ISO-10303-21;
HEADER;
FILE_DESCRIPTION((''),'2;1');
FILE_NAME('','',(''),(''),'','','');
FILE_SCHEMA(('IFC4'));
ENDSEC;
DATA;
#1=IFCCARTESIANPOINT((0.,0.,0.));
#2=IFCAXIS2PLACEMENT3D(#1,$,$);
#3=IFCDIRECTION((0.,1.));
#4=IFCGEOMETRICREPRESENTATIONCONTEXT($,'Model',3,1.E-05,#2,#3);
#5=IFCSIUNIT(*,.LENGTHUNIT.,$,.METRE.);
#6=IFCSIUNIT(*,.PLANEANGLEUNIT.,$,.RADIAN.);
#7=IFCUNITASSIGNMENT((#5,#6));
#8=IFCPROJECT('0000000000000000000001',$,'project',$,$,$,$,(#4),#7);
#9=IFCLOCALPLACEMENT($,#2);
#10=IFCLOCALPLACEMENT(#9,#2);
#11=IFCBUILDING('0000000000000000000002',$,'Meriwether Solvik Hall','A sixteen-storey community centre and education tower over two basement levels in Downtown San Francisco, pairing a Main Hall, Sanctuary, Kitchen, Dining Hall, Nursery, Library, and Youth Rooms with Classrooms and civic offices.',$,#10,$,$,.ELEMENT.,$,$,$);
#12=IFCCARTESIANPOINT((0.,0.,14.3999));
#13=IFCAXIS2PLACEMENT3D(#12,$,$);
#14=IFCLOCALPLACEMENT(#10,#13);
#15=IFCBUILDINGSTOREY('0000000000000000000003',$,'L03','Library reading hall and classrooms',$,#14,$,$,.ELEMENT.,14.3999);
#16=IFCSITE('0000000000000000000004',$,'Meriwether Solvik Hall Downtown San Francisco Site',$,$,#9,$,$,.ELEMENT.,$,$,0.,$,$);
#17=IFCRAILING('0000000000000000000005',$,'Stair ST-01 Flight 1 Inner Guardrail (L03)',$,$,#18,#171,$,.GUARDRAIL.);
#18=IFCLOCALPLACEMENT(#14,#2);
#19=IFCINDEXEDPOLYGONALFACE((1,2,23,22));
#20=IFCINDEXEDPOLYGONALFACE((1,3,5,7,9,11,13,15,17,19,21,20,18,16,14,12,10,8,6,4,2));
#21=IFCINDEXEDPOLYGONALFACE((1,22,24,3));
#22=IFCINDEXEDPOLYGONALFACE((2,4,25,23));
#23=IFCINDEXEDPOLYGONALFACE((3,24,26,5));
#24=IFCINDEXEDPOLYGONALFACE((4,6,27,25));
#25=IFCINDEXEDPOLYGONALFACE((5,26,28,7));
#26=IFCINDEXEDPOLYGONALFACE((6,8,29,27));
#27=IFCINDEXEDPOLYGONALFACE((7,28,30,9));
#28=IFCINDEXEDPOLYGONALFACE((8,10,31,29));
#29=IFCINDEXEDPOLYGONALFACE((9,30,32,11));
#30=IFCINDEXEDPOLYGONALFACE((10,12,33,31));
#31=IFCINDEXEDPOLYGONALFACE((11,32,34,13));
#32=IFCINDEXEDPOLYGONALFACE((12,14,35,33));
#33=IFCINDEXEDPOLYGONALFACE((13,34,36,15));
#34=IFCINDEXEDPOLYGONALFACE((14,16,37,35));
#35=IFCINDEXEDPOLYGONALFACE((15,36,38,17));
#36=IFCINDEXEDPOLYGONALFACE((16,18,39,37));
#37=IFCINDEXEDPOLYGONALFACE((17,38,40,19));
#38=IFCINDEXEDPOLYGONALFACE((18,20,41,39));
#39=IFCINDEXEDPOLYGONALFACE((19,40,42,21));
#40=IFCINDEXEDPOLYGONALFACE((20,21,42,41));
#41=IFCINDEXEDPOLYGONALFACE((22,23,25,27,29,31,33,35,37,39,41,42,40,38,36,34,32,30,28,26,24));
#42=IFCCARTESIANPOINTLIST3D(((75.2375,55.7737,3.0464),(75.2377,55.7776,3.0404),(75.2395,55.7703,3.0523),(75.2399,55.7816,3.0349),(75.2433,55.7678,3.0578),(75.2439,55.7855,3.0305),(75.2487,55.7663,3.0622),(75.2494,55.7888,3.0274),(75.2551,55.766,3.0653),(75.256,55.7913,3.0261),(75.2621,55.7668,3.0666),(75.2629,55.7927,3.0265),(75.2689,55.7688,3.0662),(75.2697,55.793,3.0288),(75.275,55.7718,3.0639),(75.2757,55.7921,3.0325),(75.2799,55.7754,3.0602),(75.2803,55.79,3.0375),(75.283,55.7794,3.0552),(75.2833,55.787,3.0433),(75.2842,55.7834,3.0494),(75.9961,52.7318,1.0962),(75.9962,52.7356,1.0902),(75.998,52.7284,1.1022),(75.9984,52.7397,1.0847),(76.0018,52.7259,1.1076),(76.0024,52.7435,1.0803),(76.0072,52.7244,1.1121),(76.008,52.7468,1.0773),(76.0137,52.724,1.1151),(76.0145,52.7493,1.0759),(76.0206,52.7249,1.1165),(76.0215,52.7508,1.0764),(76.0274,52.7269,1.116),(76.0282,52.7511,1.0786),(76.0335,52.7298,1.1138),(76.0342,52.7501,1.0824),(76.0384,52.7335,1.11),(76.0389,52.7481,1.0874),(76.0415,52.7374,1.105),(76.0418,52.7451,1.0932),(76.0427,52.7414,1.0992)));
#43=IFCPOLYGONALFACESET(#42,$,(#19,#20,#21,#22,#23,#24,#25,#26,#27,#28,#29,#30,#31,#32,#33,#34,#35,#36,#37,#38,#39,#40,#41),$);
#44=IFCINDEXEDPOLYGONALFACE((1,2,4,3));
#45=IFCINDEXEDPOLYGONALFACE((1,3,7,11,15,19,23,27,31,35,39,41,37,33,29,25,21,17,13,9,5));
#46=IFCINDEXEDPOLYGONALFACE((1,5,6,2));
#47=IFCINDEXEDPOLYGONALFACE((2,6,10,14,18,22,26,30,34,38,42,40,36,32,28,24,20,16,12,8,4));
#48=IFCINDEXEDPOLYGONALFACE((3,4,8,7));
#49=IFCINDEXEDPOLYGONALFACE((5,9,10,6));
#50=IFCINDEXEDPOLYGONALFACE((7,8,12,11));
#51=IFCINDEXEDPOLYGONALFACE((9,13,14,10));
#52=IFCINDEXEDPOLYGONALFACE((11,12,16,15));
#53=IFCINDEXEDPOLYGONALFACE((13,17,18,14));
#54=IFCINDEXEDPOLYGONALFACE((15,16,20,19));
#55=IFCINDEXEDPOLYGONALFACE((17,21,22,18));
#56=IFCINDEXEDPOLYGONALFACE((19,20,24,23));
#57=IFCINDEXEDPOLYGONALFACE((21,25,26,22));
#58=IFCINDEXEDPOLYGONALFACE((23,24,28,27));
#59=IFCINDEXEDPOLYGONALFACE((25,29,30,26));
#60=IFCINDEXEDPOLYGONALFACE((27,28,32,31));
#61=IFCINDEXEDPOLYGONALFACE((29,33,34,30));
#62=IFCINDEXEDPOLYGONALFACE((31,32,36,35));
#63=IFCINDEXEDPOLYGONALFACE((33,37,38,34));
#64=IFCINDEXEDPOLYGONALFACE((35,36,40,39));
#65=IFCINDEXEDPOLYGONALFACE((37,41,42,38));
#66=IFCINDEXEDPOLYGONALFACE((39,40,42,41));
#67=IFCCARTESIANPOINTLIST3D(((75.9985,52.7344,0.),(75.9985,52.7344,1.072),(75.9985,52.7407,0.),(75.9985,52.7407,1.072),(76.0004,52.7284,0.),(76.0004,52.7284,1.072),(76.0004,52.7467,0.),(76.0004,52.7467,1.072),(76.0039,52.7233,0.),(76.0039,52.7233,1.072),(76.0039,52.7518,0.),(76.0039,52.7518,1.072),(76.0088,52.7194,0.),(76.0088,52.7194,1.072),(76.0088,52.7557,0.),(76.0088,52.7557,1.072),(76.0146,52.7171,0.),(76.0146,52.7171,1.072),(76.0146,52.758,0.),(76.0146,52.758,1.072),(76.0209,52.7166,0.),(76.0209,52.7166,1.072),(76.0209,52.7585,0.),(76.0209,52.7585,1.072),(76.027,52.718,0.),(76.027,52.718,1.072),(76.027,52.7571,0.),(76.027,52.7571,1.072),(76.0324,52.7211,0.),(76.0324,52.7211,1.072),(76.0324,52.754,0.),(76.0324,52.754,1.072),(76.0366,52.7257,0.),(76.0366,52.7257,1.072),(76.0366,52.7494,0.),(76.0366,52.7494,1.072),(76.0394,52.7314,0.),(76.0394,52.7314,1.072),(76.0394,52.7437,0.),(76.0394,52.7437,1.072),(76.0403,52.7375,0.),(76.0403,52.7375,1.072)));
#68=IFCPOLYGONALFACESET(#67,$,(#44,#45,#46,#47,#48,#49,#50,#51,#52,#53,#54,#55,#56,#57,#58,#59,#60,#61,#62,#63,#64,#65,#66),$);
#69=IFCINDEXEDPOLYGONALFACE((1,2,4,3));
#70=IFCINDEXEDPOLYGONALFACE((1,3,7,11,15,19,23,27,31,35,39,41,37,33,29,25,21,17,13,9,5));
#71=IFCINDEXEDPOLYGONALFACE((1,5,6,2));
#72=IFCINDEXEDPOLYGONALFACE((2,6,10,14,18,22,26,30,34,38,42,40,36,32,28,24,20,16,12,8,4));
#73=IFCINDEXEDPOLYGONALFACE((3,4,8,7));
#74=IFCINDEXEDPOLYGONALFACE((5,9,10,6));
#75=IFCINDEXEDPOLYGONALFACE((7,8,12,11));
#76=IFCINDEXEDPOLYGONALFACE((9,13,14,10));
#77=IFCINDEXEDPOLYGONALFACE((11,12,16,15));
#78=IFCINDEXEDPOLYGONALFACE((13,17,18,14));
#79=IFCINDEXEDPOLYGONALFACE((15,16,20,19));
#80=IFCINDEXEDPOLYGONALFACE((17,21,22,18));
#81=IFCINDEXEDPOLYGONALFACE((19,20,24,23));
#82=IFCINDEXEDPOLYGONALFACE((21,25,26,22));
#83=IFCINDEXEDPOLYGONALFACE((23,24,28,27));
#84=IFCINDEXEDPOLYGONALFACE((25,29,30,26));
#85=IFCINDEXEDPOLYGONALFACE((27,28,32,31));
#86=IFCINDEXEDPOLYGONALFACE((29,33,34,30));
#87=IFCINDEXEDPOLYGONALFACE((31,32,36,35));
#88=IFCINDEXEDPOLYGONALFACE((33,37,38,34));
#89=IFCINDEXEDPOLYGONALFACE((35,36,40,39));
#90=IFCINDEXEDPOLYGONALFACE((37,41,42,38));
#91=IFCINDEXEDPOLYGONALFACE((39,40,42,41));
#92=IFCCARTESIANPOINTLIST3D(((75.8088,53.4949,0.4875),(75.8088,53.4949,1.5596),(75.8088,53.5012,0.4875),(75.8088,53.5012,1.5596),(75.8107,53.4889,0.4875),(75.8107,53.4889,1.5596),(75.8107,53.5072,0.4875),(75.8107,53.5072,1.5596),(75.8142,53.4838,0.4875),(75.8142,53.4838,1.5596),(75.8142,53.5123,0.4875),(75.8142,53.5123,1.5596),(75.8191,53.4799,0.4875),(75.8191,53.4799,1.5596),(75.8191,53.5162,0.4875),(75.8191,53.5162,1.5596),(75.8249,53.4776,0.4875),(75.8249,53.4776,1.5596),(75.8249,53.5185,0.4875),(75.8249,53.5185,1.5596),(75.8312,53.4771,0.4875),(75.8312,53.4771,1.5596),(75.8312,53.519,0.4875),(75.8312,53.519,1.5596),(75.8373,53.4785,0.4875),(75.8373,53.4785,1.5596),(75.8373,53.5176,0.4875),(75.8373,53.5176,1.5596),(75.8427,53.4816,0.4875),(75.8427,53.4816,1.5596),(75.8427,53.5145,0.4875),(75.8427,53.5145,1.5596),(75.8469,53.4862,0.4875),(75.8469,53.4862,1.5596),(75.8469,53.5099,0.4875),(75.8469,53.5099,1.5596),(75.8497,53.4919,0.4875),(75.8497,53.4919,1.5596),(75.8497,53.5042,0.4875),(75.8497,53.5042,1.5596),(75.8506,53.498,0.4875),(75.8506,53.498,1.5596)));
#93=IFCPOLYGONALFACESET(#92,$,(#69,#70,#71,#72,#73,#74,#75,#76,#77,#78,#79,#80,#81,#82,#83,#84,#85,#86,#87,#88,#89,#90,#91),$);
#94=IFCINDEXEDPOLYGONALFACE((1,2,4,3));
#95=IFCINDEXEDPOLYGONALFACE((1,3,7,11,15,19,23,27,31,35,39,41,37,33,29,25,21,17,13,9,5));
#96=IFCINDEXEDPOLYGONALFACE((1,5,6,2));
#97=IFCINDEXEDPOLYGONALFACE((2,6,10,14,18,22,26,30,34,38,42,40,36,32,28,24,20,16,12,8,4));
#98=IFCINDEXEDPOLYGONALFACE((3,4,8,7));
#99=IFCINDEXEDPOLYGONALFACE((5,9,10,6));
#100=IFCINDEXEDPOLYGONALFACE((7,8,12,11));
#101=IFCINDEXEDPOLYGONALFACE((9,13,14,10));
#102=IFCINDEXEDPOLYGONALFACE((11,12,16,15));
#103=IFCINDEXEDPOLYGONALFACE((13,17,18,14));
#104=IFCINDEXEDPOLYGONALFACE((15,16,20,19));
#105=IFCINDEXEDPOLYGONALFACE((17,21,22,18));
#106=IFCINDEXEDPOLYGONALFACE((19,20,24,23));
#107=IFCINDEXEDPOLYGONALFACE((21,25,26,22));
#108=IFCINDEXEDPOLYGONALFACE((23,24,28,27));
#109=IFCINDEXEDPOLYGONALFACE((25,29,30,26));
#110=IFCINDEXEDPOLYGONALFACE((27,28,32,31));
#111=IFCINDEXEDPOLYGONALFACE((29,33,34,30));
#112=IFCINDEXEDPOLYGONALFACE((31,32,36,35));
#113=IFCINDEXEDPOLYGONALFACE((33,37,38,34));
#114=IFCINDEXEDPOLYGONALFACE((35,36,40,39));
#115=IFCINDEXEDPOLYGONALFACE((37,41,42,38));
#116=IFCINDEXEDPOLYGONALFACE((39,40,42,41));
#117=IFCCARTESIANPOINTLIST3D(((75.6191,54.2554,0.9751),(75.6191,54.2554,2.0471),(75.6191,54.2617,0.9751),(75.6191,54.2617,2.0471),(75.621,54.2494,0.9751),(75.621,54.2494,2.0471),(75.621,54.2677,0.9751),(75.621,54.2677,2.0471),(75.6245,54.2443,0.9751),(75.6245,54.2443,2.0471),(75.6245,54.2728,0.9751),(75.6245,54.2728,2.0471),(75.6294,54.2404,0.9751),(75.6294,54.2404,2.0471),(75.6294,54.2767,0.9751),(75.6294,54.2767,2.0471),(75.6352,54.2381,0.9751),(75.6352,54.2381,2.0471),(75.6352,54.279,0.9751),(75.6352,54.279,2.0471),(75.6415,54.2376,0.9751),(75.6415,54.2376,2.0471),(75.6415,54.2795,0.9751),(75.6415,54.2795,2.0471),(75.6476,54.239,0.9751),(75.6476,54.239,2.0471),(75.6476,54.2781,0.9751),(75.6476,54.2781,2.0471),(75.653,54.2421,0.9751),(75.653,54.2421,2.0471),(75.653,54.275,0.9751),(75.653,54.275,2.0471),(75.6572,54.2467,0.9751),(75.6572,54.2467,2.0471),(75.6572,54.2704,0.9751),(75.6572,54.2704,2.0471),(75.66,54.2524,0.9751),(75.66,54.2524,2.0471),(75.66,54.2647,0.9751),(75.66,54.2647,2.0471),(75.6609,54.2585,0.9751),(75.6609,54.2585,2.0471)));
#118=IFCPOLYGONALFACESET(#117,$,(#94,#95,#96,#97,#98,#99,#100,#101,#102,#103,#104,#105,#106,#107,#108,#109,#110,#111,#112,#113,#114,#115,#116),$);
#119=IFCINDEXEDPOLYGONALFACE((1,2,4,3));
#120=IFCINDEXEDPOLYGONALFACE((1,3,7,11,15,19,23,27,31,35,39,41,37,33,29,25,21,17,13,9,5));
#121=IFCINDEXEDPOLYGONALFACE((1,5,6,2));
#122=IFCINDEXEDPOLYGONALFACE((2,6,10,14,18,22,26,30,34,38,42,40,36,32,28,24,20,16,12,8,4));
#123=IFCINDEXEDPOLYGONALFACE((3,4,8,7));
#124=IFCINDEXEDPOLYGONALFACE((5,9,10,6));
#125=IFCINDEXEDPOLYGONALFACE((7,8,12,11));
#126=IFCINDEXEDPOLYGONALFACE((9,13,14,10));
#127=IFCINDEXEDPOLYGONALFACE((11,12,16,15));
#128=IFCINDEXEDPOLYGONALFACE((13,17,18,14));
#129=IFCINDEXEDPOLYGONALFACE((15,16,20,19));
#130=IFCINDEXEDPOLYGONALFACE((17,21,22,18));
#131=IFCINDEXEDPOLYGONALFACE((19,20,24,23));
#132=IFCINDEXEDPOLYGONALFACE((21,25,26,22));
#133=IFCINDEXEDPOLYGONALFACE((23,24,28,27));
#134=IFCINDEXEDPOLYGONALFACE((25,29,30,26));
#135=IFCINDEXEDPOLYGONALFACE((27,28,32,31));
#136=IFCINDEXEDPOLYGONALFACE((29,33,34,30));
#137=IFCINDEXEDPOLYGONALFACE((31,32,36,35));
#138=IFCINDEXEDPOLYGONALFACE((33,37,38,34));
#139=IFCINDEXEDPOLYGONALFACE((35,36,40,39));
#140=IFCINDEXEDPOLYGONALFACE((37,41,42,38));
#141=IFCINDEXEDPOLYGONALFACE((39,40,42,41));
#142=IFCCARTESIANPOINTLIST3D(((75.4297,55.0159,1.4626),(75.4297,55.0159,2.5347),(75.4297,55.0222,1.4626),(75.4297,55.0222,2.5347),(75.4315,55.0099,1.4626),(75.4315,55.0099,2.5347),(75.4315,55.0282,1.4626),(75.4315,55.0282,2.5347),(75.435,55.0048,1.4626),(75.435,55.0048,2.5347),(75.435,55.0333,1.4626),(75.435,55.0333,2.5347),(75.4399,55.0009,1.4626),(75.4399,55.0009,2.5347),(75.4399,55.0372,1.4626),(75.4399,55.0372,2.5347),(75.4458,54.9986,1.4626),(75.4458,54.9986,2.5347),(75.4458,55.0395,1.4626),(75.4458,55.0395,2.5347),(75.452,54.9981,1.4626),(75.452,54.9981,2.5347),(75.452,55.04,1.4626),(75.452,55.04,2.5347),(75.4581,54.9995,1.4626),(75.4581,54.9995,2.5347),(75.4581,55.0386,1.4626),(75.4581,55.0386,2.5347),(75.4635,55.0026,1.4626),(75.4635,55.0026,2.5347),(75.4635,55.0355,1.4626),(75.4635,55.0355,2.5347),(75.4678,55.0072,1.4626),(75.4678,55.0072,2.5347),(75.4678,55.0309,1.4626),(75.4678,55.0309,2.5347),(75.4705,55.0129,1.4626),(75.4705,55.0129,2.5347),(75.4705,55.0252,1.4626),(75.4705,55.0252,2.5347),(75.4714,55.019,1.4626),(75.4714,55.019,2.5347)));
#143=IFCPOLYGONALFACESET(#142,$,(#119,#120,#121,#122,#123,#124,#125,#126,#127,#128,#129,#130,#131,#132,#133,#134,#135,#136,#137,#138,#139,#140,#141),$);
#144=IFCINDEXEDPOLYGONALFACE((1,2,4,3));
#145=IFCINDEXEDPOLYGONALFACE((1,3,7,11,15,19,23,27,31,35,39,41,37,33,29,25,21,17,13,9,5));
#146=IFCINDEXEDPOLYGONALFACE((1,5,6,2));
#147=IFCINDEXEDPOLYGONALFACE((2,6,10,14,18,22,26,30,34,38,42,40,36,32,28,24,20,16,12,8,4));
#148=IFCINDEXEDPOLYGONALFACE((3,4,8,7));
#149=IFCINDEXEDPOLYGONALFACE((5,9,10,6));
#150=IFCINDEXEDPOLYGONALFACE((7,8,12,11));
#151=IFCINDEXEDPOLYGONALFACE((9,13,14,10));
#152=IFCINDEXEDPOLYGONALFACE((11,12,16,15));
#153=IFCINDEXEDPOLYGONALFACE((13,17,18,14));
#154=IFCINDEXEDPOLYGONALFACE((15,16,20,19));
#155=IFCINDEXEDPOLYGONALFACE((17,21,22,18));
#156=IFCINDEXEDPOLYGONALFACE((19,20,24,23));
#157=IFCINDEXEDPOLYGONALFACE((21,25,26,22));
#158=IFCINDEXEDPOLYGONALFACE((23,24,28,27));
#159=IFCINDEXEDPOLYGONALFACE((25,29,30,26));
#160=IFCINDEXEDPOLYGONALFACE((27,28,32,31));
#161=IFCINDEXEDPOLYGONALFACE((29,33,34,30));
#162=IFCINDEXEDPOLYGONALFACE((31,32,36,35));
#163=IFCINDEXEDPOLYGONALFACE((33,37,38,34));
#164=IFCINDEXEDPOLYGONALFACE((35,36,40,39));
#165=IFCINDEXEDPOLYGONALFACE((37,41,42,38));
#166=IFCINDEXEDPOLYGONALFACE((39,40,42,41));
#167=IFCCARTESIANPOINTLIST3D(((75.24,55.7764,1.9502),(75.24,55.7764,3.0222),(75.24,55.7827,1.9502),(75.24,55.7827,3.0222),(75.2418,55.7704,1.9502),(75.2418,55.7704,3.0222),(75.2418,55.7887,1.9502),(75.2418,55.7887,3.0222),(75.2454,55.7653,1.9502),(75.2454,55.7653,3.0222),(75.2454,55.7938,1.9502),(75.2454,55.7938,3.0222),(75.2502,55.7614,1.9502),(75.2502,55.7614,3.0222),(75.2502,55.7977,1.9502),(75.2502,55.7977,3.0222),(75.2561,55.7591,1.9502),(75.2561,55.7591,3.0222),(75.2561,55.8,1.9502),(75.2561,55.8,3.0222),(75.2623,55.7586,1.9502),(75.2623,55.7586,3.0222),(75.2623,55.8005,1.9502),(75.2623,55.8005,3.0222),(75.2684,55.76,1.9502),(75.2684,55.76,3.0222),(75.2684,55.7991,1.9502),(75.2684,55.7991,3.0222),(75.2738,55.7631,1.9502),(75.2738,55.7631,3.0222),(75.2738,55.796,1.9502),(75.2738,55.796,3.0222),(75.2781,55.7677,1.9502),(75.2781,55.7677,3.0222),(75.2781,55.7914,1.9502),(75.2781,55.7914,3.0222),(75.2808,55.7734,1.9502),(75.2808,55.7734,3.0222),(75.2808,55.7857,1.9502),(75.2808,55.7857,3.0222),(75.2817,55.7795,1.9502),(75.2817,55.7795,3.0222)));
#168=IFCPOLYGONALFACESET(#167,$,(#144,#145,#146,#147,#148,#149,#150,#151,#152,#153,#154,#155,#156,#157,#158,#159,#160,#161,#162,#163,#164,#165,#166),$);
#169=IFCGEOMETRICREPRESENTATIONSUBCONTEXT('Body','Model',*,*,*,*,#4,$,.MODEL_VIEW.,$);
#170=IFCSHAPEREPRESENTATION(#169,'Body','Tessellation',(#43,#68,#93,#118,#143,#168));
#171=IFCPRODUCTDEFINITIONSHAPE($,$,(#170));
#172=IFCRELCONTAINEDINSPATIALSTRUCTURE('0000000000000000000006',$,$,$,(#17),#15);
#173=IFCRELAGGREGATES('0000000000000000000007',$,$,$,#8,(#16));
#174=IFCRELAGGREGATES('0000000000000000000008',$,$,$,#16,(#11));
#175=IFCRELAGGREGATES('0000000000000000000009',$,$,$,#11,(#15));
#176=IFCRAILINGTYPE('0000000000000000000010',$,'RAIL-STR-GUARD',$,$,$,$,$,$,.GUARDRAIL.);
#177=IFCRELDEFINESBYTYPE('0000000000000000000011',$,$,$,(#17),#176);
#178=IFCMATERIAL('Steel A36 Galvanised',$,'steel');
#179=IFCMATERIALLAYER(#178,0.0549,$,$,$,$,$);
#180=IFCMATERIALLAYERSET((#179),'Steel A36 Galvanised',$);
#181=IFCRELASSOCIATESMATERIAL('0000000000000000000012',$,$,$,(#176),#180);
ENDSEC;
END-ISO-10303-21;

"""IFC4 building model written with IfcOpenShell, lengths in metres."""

from ifc_helpers import new_model, si_unit, direction, frame, origin, origin_2d, place, context, subcontext, project, spatial, circle, extrude, material, layer, layer_set, type_object, element, save


model = new_model("IFC4")

# Units and contexts
model_context = context("Model", 3, precision=1e-05, world=origin(), true_north=direction((0.0, 1.0)))
body_context = subcontext(model_context, "Body", "Model", "MODEL_VIEW")
ifc_project = project(units=[si_unit("LENGTHUNIT", "METRE"), si_unit("PLANEANGLEUNIT", "RADIAN")], contexts=[model_context])

# Site, building, storey
site_placement = place(None, origin())
site = spatial("IfcSite", under=ifc_project, at=site_placement, Name="Meriwether Solvik Hall Downtown San Francisco Site", CompositionType="ELEMENT", RefElevation=0.0)
building_placement = place(site_placement, origin())
building = spatial("IfcBuilding", under=site, at=building_placement, Name="Meriwether Solvik Hall", Description="A sixteen-storey community centre and education tower over two basement levels in Downtown San Francisco, pairing a Main Hall, Sanctuary, Kitchen, Dining Hall, Nursery, Library, and Youth Rooms with Classrooms and civic offices.", CompositionType="ELEMENT")
storey_placement = place(building_placement, frame((0.0, 0.0, 14.3999)))
storey = spatial("IfcBuildingStorey", under=building, at=storey_placement, Name="L03", Description="Library reading hall and classrooms", CompositionType="ELEMENT", Elevation=14.3999)

# Railing
ifc_material_1 = material(Name="Steel A36 Galvanised", Category="steel")
ifc_layer_1 = layer(ifc_material_1, 0.0549)
ifc_layer_set_1 = layer_set([ifc_layer_1], Name="Steel A36 Galvanised")
railing_type_1 = type_object("IfcRailingType", Name="RAIL-STR-GUARD", PredefinedType="GUARDRAIL", material=ifc_layer_set_1)
for number, where, name in (
    (1, (76.0193, 52.7375, 0.0), "Stair ST-01 Flight 1 Inner Guardrail (L03)"),
):
    element("IfcRailing", number, at=place(storey_placement, frame(where)), inside=storey, type_object=railing_type_1, Name=name, PredefinedType="GUARDRAIL", context=body_context, shape_type="SweptSolid", body=[
        extrude(circle(Radius=0.0239, at=origin_2d()), frame((0.0, 0.0, 1.0962), z_axis=(-0.205445, 0.823896, 0.528193), x_axis=(-0.970289, -0.241949, 0.0)), (0.0, 0.0, 1.0), 3.6921),
        extrude(circle(Radius=0.021, at=origin_2d()), origin(), (0.0, 0.0, 1.0), 1.072),
        extrude(circle(Radius=0.021, at=origin_2d()), frame((-0.1897, 0.7605, 0.4875)), (0.0, 0.0, 1.0), 1.072),
        extrude(circle(Radius=0.021, at=origin_2d()), frame((-0.3794, 1.521, 0.9751)), (0.0, 0.0, 1.0), 1.072),
        extrude(circle(Radius=0.021, at=origin_2d()), frame((-0.5688, 2.2815, 1.4626)), (0.0, 0.0, 1.0), 1.072),
        extrude(circle(Radius=0.021, at=origin_2d()), frame((-0.7585, 3.042, 1.9502)), (0.0, 0.0, 1.0), 1.072),
    ])

save(model, "model.ifc")
